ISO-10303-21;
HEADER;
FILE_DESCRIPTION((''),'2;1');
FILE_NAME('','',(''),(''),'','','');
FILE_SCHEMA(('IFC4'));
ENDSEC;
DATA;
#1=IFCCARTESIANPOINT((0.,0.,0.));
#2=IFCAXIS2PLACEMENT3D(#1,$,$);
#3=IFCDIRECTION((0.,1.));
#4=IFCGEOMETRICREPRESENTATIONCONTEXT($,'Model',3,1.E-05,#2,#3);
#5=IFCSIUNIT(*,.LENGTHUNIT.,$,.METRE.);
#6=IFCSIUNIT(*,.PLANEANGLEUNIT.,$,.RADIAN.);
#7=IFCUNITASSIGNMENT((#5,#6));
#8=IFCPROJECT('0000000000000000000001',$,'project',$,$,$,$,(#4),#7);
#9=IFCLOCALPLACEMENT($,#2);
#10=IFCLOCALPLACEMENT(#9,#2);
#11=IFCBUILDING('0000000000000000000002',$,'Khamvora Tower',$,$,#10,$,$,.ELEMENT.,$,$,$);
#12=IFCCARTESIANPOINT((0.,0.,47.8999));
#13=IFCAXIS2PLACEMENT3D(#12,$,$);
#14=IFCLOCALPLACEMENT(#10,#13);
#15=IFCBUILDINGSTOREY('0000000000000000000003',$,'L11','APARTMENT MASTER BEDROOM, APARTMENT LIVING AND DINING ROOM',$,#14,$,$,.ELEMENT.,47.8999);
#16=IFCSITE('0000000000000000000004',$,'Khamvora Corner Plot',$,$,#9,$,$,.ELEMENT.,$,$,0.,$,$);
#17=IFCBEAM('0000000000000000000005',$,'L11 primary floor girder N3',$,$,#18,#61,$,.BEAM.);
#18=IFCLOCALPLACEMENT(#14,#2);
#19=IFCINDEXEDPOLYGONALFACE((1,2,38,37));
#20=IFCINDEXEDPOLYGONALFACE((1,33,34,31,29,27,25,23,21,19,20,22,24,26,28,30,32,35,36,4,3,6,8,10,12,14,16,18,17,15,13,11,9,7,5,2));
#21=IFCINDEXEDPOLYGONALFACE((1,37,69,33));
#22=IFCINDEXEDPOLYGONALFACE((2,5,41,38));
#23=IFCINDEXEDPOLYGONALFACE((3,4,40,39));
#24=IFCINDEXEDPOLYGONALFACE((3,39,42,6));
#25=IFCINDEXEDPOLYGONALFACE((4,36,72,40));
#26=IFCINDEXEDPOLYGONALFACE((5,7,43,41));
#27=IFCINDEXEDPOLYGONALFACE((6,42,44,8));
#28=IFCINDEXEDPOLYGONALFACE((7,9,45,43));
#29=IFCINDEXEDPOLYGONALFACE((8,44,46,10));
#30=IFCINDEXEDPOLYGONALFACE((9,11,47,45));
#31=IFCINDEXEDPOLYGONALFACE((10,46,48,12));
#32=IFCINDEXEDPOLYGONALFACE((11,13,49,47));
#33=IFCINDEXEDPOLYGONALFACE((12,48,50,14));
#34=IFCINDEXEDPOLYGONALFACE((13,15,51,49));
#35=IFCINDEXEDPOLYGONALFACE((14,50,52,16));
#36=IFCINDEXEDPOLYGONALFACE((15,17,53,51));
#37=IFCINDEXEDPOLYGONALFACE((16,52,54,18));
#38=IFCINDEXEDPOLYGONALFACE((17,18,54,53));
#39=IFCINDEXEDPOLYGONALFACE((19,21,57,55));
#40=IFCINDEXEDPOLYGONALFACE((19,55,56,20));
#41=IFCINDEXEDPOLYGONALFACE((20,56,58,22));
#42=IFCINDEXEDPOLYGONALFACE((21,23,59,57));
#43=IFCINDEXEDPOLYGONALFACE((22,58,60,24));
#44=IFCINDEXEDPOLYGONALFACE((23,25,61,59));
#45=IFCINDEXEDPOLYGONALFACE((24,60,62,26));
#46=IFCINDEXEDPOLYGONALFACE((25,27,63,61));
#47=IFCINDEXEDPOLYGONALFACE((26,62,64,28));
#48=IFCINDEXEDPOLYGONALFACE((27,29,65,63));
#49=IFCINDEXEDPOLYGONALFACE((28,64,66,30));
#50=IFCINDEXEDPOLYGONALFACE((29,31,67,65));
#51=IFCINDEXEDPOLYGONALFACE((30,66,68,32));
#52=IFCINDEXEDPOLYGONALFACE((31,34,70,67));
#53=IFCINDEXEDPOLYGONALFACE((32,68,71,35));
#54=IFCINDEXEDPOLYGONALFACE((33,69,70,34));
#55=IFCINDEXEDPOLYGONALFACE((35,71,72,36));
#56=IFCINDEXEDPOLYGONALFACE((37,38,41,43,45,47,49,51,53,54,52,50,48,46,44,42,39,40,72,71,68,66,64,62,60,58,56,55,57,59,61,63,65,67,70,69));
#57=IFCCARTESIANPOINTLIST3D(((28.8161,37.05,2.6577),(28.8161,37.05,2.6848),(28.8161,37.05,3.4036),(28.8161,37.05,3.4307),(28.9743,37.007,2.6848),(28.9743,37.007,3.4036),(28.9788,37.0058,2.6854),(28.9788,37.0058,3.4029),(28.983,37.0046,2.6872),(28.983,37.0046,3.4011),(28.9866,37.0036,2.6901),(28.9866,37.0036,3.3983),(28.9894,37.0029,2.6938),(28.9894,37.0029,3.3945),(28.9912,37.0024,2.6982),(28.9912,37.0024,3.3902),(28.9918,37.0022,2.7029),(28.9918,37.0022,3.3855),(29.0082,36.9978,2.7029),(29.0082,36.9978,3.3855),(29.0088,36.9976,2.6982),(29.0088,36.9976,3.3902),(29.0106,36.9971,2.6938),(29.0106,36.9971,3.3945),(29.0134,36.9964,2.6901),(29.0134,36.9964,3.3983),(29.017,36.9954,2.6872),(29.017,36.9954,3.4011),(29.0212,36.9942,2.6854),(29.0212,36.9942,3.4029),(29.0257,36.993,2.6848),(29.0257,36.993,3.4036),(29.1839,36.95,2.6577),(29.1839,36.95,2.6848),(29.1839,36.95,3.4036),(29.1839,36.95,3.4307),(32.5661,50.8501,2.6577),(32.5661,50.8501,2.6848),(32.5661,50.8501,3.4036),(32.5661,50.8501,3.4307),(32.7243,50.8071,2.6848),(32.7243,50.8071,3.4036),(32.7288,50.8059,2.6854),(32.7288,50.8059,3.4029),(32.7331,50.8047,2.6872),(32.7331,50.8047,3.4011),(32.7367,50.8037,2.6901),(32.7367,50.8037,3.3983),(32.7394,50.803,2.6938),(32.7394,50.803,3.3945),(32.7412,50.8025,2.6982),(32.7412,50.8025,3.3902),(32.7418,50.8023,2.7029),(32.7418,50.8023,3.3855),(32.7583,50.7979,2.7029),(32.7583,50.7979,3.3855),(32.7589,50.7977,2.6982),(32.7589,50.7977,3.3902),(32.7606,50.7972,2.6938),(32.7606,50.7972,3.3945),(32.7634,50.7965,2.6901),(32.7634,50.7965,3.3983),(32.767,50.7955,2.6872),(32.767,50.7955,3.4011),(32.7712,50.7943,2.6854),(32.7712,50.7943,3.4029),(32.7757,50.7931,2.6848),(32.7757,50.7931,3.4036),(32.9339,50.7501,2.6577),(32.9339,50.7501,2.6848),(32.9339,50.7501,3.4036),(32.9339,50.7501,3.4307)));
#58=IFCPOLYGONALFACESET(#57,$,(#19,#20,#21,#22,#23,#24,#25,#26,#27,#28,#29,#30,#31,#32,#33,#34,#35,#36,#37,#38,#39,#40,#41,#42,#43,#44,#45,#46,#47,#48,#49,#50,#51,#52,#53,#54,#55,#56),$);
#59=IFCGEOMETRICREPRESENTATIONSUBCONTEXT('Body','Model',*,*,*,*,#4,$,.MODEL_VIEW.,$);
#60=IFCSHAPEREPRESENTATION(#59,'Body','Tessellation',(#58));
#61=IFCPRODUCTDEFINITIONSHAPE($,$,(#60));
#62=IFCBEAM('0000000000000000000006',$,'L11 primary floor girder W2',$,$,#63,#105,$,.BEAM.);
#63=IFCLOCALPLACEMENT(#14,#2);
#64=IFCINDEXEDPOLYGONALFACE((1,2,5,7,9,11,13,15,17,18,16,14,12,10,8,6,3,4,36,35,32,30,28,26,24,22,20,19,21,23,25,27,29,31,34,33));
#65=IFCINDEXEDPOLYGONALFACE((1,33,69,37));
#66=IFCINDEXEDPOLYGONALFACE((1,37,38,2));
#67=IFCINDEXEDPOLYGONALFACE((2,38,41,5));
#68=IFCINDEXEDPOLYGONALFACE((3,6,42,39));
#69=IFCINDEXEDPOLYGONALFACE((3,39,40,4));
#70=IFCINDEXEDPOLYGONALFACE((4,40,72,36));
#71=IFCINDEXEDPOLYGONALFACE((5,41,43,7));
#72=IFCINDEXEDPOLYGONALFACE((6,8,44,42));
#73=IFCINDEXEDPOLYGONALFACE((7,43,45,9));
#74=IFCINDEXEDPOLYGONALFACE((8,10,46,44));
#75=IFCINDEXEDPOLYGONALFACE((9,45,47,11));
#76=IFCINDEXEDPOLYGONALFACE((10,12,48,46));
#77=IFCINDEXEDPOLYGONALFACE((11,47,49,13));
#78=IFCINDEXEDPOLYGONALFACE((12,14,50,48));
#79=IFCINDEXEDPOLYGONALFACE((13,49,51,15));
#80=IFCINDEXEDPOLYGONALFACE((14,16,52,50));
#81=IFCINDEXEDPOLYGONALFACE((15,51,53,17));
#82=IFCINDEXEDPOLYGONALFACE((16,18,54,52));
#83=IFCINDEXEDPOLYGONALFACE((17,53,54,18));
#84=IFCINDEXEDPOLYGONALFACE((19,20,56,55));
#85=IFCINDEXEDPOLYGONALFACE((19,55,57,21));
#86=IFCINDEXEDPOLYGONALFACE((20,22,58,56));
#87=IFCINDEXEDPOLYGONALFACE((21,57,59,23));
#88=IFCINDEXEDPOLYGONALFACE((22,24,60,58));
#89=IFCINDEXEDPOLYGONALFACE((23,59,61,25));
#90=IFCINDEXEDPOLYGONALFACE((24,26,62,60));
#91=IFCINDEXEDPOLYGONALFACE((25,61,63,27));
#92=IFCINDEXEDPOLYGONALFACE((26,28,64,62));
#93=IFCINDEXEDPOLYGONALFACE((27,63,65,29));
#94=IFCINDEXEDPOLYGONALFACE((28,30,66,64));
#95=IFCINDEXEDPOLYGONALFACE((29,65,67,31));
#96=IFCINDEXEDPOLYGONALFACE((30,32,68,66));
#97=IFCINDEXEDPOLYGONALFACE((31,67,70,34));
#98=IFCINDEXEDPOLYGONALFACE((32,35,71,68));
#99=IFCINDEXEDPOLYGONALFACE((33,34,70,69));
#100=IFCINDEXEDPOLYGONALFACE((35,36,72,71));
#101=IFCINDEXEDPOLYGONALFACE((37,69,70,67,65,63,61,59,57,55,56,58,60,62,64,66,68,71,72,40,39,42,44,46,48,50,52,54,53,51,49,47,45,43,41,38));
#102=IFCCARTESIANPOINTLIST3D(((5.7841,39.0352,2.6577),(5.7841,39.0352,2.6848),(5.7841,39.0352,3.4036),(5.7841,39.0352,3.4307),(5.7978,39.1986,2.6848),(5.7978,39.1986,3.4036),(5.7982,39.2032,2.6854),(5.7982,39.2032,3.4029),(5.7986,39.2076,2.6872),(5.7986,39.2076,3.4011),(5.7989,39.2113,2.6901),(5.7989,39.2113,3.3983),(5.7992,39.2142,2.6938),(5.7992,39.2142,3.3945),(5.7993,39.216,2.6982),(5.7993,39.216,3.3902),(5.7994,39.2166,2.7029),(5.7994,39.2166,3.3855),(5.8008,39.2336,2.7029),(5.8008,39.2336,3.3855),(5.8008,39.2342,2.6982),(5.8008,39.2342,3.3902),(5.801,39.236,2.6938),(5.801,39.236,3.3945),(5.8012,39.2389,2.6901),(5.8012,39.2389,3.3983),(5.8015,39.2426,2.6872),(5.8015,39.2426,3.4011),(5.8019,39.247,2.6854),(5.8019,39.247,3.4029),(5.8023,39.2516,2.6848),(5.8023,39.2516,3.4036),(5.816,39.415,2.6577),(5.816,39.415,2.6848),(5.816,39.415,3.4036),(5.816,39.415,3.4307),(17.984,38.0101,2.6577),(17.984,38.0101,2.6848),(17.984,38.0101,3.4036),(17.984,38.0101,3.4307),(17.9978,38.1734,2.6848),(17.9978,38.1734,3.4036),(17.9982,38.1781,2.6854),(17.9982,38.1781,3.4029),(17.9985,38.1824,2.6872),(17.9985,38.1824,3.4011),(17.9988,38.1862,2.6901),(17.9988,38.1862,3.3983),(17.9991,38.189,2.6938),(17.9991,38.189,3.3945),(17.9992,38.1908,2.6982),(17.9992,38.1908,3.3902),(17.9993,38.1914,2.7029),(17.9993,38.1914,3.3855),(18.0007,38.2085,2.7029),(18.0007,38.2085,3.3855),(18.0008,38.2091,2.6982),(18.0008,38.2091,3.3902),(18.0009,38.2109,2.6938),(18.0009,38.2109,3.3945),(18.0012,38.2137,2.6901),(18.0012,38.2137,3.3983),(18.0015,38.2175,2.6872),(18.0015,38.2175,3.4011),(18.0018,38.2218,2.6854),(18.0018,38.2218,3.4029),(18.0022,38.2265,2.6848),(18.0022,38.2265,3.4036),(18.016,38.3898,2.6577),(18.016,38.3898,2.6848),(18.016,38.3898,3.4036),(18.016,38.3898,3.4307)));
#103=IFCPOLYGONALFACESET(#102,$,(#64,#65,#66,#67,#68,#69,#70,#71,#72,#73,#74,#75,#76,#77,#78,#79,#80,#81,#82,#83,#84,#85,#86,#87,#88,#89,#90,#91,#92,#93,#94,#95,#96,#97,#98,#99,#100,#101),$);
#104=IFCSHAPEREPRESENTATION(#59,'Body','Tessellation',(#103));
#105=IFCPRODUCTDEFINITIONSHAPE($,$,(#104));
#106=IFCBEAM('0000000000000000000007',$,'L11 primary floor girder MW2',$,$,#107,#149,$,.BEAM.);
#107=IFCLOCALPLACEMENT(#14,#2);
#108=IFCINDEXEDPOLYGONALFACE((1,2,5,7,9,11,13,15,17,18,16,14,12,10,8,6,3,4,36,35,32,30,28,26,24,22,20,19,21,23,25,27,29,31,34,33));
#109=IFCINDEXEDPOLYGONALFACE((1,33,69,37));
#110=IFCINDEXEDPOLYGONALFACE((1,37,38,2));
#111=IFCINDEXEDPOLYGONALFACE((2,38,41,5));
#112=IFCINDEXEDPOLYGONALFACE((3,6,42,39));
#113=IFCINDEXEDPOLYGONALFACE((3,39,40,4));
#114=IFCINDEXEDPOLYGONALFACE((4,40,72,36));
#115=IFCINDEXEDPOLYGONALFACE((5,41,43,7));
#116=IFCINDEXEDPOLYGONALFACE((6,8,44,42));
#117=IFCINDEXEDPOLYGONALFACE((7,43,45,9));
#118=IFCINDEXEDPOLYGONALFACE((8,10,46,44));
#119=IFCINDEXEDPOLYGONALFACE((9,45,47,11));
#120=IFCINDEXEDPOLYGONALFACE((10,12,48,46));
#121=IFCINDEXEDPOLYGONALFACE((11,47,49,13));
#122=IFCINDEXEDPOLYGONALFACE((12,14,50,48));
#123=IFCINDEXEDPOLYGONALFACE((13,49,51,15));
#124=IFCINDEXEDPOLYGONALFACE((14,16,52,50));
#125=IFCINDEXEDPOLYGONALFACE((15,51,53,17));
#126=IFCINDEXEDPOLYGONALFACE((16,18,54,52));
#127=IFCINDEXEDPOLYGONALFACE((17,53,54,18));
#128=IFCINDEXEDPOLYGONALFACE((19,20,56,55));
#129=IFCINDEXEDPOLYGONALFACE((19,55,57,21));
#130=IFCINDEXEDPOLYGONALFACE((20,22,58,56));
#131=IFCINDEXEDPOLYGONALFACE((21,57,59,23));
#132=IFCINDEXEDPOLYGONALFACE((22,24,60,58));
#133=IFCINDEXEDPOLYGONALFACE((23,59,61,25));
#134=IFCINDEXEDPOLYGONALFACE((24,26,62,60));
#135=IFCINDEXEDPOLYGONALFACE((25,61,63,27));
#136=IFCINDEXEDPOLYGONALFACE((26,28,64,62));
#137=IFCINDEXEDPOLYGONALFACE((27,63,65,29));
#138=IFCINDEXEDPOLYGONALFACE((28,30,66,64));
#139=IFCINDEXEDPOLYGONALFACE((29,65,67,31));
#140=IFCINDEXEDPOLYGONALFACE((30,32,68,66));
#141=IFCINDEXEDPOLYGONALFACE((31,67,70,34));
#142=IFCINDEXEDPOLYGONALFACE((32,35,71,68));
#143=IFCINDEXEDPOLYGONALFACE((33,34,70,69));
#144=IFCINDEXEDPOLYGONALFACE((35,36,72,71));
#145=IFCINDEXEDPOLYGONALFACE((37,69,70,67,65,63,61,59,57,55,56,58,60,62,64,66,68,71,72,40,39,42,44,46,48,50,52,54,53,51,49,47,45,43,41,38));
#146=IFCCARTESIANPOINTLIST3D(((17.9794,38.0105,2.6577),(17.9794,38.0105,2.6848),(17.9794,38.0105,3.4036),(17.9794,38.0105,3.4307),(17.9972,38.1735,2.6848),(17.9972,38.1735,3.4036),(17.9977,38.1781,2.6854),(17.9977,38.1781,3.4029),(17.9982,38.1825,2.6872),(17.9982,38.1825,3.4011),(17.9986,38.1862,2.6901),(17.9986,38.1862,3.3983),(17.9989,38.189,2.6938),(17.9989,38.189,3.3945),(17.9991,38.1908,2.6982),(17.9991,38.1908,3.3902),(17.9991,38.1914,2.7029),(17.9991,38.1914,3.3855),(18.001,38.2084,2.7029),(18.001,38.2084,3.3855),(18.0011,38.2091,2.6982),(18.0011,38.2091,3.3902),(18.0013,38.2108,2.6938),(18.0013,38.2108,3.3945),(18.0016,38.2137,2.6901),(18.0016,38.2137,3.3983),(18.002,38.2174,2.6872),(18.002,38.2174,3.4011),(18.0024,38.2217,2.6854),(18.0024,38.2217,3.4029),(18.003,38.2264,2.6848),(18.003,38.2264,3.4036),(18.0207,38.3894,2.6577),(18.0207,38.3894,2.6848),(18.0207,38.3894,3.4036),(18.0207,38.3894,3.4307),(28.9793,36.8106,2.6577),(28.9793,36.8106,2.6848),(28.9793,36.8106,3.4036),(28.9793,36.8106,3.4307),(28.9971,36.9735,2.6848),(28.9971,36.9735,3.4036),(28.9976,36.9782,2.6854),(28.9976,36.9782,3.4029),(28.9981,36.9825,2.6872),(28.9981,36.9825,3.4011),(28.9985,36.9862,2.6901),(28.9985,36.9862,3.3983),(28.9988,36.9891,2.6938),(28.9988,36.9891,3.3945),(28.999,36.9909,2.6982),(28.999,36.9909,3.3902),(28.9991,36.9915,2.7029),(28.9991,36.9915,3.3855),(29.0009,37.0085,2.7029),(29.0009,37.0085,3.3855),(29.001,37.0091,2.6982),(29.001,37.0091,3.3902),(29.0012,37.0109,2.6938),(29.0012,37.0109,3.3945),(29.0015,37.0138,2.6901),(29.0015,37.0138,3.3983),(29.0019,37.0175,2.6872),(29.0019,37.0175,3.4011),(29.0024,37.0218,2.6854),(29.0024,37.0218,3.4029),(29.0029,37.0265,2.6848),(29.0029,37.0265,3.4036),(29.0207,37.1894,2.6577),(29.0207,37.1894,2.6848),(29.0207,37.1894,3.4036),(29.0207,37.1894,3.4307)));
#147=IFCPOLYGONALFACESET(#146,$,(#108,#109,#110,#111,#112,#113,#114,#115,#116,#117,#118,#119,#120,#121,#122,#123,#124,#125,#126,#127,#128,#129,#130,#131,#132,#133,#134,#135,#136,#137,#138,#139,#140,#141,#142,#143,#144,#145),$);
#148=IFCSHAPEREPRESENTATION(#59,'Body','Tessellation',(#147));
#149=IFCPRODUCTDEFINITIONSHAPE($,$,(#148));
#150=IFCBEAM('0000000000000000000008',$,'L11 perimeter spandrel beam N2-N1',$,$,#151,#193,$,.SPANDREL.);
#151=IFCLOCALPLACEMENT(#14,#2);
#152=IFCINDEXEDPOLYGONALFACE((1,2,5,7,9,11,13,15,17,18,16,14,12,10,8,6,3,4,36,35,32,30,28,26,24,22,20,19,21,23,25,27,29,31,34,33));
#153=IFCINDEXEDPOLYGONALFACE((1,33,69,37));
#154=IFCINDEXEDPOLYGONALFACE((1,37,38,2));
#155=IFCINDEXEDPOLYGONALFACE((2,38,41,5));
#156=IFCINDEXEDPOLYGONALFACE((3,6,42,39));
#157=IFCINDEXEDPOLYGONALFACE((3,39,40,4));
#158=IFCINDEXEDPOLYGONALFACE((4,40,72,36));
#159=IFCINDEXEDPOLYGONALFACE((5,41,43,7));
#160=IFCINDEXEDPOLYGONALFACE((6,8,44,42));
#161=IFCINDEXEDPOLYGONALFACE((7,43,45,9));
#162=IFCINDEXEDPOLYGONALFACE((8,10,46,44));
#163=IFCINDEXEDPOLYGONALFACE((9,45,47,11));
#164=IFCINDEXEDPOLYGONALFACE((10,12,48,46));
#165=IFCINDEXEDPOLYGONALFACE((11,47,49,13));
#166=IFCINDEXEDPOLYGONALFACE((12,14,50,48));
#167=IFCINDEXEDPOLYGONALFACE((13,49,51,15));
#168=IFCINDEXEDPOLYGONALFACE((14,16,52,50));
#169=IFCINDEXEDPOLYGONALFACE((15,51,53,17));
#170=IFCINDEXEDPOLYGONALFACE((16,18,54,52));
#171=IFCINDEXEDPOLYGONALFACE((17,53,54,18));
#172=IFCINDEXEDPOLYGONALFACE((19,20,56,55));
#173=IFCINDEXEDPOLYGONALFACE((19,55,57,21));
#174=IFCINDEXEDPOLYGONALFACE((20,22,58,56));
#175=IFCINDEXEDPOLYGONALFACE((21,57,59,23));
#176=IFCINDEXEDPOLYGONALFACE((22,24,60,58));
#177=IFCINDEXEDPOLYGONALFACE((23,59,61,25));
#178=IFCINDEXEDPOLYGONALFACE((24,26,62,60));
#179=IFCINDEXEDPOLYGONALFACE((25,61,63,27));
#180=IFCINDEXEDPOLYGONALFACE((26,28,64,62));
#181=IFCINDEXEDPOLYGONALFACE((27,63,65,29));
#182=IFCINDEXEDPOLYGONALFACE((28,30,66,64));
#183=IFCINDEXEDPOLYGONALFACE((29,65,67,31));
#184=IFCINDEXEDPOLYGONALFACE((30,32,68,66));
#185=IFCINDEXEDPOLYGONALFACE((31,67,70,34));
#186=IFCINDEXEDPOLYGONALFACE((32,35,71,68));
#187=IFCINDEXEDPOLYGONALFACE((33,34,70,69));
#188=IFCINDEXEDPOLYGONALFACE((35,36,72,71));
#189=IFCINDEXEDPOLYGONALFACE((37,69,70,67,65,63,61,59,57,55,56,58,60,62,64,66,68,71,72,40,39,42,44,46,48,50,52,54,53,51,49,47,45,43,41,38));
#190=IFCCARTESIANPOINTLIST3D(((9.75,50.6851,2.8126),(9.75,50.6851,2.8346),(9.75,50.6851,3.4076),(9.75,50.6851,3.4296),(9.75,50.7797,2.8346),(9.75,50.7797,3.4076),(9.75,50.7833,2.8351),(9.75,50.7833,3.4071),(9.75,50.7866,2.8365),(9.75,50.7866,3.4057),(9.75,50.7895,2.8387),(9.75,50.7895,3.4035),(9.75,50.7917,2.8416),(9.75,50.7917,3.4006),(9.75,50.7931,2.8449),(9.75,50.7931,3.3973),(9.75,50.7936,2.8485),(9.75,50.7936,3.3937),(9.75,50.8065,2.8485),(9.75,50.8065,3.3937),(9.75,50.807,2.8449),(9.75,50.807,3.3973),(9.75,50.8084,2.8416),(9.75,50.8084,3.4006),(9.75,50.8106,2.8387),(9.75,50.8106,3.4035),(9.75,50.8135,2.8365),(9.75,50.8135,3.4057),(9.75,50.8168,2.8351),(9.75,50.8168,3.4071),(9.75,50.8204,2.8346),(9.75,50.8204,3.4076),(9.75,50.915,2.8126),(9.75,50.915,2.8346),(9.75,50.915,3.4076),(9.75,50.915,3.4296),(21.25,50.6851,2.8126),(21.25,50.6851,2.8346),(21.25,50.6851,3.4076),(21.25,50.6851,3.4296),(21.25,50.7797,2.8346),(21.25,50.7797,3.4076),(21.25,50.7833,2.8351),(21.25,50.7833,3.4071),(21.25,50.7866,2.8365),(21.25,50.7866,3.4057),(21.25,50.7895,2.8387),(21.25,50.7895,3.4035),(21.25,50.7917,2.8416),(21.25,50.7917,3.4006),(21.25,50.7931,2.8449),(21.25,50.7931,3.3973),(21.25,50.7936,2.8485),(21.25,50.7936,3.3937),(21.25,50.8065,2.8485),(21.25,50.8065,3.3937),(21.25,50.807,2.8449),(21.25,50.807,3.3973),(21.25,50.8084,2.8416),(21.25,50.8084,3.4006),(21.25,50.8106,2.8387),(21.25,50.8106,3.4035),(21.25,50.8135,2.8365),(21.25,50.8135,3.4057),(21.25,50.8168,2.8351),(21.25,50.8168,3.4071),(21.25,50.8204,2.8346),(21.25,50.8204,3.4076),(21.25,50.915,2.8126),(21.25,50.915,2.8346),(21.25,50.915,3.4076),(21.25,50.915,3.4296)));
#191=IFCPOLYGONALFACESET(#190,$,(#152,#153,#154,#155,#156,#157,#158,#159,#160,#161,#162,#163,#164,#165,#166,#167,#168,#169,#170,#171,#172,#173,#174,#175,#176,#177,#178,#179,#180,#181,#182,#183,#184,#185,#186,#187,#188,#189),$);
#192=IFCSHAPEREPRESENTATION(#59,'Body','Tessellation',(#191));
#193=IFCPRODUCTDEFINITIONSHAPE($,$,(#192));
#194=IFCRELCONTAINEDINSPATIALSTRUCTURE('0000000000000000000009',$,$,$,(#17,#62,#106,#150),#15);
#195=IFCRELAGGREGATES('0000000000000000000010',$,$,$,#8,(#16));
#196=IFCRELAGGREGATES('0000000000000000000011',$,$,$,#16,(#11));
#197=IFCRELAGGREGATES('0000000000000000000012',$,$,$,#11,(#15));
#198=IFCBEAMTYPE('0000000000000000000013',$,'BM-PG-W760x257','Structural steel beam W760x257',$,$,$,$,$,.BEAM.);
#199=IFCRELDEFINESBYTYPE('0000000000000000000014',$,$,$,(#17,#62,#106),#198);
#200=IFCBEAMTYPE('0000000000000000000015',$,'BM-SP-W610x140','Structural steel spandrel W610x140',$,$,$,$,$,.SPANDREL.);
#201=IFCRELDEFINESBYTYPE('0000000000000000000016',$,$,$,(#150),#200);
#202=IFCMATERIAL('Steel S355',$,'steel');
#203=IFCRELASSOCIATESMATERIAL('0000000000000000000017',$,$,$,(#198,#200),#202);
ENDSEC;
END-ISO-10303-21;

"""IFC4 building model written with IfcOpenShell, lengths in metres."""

from ifc_helpers import new_model, si_unit, direction, frame, origin, origin_2d, place, context, subcontext, project, spatial, i_section, extrude, material, material_profile, profile_set, type_object, element, save


model = new_model("IFC4")

# Units and contexts
model_context = context("Model", 3, precision=1e-05, world=origin(), true_north=direction((0.0, 1.0)))
body_context = subcontext(model_context, "Body", "Model", "MODEL_VIEW")
ifc_project = project(units=[si_unit("LENGTHUNIT", "METRE"), si_unit("PLANEANGLEUNIT", "RADIAN")], contexts=[model_context])

# Site, building, storey
site_placement = place(None, origin())
site = spatial("IfcSite", under=ifc_project, at=site_placement, Name="Khamvora Corner Plot", CompositionType="ELEMENT", RefElevation=0.0)
building_placement = place(site_placement, origin())
building = spatial("IfcBuilding", under=site, at=building_placement, Name="Khamvora Tower", CompositionType="ELEMENT")
storey_placement = place(building_placement, frame((0.0, 0.0, 47.8999)))
storey = spatial("IfcBuildingStorey", under=building, at=storey_placement, Name="L11", Description="APARTMENT MASTER BEDROOM, APARTMENT LIVING AND DINING ROOM", CompositionType="ELEMENT", Elevation=47.8999)

# Beams
ifc_material_1 = material(Name="Steel S355", Category="steel")
ifc_material_profile_1 = material_profile(ifc_material_1, i_section(OverallWidth=0.3811, OverallDepth=0.7729, WebThickness=0.0171, FlangeThickness=0.0271, FilletRadius=0.0181, at=origin_2d()), Name="W760x257")
ifc_profile_set_1 = profile_set([ifc_material_profile_1], Name="Steel S355")
beam_type_1 = type_object("IfcBeamType", Name="BM-PG-W760x257", Description="Structural steel beam W760x257", PredefinedType="BEAM", material=ifc_profile_set_1)
beam_1_placement = place(storey_placement, frame((29.0, 37.0, 3.0442), z_axis=(0.262229, 0.965006, 0.0), x_axis=(-0.965006, 0.262229, 0.0)))
element("IfcBeam", 1, at=beam_1_placement, inside=storey, type_object=beam_type_1, Name="L11 primary floor girder N3", PredefinedType="BEAM", context=body_context, shape_type="SweptSolid", body=[
    extrude(i_section(OverallWidth=0.3811, OverallDepth=0.7729, WebThickness=0.0171, FlangeThickness=0.0271, FilletRadius=0.0181, at=origin_2d()), origin(), (0.0, 0.0, 1.0), 14.3005),
])
beam_2_placement = place(storey_placement, frame((18.0, 38.2, 3.0442), z_axis=(-0.996488, 0.083734, 0.0), x_axis=(-0.083734, -0.996488, 0.0)))
element("IfcBeam", 2, at=beam_2_placement, inside=storey, type_object=beam_type_1, Name="L11 primary floor girder W2", PredefinedType="BEAM", context=body_context, shape_type="SweptSolid", body=[
    extrude(i_section(OverallWidth=0.3811, OverallDepth=0.7729, WebThickness=0.0171, FlangeThickness=0.0271, FilletRadius=0.0181, at=origin_2d()), origin(), (0.0, 0.0, 1.0), 12.2429),
])
beam_3_placement = place(storey_placement, frame((29.0, 37.0, 3.0442), z_axis=(-0.994103, 0.108443, 0.0), x_axis=(-0.108443, -0.994103, 0.0)))
element("IfcBeam", 3, at=beam_3_placement, inside=storey, type_object=beam_type_1, Name="L11 primary floor girder MW2", PredefinedType="BEAM", context=body_context, shape_type="SweptSolid", body=[
    extrude(i_section(OverallWidth=0.3811, OverallDepth=0.7729, WebThickness=0.0171, FlangeThickness=0.0271, FilletRadius=0.0181, at=origin_2d()), origin(), (0.0, 0.0, 1.0), 11.0652),
])
ifc_material_profile_2 = material_profile(ifc_material_1, i_section(OverallWidth=0.23, OverallDepth=0.6169, WebThickness=0.0129, FlangeThickness=0.022, FilletRadius=0.0139, at=origin_2d()), Name="W610x140")
ifc_profile_set_2 = profile_set([ifc_material_profile_2], Name="Steel S355")
beam_type_2 = type_object("IfcBeamType", Name="BM-SP-W610x140", Description="Structural steel spandrel W610x140", PredefinedType="SPANDREL", material=ifc_profile_set_2)
beam_4_placement = place(storey_placement, frame((21.25, 50.8, 3.1211), z_axis=(-1.0, 0.0, 0.0), x_axis=(0.0, -1.0, 0.0)))
element("IfcBeam", 4, at=beam_4_placement, inside=storey, type_object=beam_type_2, Name="L11 perimeter spandrel beam N2-N1", PredefinedType="SPANDREL", context=body_context, shape_type="SweptSolid", body=[
    extrude(i_section(OverallWidth=0.23, OverallDepth=0.6169, WebThickness=0.0129, FlangeThickness=0.022, FilletRadius=0.0139, at=origin_2d()), origin(), (0.0, 0.0, 1.0), 11.5),
])

save(model, "model.ifc")
